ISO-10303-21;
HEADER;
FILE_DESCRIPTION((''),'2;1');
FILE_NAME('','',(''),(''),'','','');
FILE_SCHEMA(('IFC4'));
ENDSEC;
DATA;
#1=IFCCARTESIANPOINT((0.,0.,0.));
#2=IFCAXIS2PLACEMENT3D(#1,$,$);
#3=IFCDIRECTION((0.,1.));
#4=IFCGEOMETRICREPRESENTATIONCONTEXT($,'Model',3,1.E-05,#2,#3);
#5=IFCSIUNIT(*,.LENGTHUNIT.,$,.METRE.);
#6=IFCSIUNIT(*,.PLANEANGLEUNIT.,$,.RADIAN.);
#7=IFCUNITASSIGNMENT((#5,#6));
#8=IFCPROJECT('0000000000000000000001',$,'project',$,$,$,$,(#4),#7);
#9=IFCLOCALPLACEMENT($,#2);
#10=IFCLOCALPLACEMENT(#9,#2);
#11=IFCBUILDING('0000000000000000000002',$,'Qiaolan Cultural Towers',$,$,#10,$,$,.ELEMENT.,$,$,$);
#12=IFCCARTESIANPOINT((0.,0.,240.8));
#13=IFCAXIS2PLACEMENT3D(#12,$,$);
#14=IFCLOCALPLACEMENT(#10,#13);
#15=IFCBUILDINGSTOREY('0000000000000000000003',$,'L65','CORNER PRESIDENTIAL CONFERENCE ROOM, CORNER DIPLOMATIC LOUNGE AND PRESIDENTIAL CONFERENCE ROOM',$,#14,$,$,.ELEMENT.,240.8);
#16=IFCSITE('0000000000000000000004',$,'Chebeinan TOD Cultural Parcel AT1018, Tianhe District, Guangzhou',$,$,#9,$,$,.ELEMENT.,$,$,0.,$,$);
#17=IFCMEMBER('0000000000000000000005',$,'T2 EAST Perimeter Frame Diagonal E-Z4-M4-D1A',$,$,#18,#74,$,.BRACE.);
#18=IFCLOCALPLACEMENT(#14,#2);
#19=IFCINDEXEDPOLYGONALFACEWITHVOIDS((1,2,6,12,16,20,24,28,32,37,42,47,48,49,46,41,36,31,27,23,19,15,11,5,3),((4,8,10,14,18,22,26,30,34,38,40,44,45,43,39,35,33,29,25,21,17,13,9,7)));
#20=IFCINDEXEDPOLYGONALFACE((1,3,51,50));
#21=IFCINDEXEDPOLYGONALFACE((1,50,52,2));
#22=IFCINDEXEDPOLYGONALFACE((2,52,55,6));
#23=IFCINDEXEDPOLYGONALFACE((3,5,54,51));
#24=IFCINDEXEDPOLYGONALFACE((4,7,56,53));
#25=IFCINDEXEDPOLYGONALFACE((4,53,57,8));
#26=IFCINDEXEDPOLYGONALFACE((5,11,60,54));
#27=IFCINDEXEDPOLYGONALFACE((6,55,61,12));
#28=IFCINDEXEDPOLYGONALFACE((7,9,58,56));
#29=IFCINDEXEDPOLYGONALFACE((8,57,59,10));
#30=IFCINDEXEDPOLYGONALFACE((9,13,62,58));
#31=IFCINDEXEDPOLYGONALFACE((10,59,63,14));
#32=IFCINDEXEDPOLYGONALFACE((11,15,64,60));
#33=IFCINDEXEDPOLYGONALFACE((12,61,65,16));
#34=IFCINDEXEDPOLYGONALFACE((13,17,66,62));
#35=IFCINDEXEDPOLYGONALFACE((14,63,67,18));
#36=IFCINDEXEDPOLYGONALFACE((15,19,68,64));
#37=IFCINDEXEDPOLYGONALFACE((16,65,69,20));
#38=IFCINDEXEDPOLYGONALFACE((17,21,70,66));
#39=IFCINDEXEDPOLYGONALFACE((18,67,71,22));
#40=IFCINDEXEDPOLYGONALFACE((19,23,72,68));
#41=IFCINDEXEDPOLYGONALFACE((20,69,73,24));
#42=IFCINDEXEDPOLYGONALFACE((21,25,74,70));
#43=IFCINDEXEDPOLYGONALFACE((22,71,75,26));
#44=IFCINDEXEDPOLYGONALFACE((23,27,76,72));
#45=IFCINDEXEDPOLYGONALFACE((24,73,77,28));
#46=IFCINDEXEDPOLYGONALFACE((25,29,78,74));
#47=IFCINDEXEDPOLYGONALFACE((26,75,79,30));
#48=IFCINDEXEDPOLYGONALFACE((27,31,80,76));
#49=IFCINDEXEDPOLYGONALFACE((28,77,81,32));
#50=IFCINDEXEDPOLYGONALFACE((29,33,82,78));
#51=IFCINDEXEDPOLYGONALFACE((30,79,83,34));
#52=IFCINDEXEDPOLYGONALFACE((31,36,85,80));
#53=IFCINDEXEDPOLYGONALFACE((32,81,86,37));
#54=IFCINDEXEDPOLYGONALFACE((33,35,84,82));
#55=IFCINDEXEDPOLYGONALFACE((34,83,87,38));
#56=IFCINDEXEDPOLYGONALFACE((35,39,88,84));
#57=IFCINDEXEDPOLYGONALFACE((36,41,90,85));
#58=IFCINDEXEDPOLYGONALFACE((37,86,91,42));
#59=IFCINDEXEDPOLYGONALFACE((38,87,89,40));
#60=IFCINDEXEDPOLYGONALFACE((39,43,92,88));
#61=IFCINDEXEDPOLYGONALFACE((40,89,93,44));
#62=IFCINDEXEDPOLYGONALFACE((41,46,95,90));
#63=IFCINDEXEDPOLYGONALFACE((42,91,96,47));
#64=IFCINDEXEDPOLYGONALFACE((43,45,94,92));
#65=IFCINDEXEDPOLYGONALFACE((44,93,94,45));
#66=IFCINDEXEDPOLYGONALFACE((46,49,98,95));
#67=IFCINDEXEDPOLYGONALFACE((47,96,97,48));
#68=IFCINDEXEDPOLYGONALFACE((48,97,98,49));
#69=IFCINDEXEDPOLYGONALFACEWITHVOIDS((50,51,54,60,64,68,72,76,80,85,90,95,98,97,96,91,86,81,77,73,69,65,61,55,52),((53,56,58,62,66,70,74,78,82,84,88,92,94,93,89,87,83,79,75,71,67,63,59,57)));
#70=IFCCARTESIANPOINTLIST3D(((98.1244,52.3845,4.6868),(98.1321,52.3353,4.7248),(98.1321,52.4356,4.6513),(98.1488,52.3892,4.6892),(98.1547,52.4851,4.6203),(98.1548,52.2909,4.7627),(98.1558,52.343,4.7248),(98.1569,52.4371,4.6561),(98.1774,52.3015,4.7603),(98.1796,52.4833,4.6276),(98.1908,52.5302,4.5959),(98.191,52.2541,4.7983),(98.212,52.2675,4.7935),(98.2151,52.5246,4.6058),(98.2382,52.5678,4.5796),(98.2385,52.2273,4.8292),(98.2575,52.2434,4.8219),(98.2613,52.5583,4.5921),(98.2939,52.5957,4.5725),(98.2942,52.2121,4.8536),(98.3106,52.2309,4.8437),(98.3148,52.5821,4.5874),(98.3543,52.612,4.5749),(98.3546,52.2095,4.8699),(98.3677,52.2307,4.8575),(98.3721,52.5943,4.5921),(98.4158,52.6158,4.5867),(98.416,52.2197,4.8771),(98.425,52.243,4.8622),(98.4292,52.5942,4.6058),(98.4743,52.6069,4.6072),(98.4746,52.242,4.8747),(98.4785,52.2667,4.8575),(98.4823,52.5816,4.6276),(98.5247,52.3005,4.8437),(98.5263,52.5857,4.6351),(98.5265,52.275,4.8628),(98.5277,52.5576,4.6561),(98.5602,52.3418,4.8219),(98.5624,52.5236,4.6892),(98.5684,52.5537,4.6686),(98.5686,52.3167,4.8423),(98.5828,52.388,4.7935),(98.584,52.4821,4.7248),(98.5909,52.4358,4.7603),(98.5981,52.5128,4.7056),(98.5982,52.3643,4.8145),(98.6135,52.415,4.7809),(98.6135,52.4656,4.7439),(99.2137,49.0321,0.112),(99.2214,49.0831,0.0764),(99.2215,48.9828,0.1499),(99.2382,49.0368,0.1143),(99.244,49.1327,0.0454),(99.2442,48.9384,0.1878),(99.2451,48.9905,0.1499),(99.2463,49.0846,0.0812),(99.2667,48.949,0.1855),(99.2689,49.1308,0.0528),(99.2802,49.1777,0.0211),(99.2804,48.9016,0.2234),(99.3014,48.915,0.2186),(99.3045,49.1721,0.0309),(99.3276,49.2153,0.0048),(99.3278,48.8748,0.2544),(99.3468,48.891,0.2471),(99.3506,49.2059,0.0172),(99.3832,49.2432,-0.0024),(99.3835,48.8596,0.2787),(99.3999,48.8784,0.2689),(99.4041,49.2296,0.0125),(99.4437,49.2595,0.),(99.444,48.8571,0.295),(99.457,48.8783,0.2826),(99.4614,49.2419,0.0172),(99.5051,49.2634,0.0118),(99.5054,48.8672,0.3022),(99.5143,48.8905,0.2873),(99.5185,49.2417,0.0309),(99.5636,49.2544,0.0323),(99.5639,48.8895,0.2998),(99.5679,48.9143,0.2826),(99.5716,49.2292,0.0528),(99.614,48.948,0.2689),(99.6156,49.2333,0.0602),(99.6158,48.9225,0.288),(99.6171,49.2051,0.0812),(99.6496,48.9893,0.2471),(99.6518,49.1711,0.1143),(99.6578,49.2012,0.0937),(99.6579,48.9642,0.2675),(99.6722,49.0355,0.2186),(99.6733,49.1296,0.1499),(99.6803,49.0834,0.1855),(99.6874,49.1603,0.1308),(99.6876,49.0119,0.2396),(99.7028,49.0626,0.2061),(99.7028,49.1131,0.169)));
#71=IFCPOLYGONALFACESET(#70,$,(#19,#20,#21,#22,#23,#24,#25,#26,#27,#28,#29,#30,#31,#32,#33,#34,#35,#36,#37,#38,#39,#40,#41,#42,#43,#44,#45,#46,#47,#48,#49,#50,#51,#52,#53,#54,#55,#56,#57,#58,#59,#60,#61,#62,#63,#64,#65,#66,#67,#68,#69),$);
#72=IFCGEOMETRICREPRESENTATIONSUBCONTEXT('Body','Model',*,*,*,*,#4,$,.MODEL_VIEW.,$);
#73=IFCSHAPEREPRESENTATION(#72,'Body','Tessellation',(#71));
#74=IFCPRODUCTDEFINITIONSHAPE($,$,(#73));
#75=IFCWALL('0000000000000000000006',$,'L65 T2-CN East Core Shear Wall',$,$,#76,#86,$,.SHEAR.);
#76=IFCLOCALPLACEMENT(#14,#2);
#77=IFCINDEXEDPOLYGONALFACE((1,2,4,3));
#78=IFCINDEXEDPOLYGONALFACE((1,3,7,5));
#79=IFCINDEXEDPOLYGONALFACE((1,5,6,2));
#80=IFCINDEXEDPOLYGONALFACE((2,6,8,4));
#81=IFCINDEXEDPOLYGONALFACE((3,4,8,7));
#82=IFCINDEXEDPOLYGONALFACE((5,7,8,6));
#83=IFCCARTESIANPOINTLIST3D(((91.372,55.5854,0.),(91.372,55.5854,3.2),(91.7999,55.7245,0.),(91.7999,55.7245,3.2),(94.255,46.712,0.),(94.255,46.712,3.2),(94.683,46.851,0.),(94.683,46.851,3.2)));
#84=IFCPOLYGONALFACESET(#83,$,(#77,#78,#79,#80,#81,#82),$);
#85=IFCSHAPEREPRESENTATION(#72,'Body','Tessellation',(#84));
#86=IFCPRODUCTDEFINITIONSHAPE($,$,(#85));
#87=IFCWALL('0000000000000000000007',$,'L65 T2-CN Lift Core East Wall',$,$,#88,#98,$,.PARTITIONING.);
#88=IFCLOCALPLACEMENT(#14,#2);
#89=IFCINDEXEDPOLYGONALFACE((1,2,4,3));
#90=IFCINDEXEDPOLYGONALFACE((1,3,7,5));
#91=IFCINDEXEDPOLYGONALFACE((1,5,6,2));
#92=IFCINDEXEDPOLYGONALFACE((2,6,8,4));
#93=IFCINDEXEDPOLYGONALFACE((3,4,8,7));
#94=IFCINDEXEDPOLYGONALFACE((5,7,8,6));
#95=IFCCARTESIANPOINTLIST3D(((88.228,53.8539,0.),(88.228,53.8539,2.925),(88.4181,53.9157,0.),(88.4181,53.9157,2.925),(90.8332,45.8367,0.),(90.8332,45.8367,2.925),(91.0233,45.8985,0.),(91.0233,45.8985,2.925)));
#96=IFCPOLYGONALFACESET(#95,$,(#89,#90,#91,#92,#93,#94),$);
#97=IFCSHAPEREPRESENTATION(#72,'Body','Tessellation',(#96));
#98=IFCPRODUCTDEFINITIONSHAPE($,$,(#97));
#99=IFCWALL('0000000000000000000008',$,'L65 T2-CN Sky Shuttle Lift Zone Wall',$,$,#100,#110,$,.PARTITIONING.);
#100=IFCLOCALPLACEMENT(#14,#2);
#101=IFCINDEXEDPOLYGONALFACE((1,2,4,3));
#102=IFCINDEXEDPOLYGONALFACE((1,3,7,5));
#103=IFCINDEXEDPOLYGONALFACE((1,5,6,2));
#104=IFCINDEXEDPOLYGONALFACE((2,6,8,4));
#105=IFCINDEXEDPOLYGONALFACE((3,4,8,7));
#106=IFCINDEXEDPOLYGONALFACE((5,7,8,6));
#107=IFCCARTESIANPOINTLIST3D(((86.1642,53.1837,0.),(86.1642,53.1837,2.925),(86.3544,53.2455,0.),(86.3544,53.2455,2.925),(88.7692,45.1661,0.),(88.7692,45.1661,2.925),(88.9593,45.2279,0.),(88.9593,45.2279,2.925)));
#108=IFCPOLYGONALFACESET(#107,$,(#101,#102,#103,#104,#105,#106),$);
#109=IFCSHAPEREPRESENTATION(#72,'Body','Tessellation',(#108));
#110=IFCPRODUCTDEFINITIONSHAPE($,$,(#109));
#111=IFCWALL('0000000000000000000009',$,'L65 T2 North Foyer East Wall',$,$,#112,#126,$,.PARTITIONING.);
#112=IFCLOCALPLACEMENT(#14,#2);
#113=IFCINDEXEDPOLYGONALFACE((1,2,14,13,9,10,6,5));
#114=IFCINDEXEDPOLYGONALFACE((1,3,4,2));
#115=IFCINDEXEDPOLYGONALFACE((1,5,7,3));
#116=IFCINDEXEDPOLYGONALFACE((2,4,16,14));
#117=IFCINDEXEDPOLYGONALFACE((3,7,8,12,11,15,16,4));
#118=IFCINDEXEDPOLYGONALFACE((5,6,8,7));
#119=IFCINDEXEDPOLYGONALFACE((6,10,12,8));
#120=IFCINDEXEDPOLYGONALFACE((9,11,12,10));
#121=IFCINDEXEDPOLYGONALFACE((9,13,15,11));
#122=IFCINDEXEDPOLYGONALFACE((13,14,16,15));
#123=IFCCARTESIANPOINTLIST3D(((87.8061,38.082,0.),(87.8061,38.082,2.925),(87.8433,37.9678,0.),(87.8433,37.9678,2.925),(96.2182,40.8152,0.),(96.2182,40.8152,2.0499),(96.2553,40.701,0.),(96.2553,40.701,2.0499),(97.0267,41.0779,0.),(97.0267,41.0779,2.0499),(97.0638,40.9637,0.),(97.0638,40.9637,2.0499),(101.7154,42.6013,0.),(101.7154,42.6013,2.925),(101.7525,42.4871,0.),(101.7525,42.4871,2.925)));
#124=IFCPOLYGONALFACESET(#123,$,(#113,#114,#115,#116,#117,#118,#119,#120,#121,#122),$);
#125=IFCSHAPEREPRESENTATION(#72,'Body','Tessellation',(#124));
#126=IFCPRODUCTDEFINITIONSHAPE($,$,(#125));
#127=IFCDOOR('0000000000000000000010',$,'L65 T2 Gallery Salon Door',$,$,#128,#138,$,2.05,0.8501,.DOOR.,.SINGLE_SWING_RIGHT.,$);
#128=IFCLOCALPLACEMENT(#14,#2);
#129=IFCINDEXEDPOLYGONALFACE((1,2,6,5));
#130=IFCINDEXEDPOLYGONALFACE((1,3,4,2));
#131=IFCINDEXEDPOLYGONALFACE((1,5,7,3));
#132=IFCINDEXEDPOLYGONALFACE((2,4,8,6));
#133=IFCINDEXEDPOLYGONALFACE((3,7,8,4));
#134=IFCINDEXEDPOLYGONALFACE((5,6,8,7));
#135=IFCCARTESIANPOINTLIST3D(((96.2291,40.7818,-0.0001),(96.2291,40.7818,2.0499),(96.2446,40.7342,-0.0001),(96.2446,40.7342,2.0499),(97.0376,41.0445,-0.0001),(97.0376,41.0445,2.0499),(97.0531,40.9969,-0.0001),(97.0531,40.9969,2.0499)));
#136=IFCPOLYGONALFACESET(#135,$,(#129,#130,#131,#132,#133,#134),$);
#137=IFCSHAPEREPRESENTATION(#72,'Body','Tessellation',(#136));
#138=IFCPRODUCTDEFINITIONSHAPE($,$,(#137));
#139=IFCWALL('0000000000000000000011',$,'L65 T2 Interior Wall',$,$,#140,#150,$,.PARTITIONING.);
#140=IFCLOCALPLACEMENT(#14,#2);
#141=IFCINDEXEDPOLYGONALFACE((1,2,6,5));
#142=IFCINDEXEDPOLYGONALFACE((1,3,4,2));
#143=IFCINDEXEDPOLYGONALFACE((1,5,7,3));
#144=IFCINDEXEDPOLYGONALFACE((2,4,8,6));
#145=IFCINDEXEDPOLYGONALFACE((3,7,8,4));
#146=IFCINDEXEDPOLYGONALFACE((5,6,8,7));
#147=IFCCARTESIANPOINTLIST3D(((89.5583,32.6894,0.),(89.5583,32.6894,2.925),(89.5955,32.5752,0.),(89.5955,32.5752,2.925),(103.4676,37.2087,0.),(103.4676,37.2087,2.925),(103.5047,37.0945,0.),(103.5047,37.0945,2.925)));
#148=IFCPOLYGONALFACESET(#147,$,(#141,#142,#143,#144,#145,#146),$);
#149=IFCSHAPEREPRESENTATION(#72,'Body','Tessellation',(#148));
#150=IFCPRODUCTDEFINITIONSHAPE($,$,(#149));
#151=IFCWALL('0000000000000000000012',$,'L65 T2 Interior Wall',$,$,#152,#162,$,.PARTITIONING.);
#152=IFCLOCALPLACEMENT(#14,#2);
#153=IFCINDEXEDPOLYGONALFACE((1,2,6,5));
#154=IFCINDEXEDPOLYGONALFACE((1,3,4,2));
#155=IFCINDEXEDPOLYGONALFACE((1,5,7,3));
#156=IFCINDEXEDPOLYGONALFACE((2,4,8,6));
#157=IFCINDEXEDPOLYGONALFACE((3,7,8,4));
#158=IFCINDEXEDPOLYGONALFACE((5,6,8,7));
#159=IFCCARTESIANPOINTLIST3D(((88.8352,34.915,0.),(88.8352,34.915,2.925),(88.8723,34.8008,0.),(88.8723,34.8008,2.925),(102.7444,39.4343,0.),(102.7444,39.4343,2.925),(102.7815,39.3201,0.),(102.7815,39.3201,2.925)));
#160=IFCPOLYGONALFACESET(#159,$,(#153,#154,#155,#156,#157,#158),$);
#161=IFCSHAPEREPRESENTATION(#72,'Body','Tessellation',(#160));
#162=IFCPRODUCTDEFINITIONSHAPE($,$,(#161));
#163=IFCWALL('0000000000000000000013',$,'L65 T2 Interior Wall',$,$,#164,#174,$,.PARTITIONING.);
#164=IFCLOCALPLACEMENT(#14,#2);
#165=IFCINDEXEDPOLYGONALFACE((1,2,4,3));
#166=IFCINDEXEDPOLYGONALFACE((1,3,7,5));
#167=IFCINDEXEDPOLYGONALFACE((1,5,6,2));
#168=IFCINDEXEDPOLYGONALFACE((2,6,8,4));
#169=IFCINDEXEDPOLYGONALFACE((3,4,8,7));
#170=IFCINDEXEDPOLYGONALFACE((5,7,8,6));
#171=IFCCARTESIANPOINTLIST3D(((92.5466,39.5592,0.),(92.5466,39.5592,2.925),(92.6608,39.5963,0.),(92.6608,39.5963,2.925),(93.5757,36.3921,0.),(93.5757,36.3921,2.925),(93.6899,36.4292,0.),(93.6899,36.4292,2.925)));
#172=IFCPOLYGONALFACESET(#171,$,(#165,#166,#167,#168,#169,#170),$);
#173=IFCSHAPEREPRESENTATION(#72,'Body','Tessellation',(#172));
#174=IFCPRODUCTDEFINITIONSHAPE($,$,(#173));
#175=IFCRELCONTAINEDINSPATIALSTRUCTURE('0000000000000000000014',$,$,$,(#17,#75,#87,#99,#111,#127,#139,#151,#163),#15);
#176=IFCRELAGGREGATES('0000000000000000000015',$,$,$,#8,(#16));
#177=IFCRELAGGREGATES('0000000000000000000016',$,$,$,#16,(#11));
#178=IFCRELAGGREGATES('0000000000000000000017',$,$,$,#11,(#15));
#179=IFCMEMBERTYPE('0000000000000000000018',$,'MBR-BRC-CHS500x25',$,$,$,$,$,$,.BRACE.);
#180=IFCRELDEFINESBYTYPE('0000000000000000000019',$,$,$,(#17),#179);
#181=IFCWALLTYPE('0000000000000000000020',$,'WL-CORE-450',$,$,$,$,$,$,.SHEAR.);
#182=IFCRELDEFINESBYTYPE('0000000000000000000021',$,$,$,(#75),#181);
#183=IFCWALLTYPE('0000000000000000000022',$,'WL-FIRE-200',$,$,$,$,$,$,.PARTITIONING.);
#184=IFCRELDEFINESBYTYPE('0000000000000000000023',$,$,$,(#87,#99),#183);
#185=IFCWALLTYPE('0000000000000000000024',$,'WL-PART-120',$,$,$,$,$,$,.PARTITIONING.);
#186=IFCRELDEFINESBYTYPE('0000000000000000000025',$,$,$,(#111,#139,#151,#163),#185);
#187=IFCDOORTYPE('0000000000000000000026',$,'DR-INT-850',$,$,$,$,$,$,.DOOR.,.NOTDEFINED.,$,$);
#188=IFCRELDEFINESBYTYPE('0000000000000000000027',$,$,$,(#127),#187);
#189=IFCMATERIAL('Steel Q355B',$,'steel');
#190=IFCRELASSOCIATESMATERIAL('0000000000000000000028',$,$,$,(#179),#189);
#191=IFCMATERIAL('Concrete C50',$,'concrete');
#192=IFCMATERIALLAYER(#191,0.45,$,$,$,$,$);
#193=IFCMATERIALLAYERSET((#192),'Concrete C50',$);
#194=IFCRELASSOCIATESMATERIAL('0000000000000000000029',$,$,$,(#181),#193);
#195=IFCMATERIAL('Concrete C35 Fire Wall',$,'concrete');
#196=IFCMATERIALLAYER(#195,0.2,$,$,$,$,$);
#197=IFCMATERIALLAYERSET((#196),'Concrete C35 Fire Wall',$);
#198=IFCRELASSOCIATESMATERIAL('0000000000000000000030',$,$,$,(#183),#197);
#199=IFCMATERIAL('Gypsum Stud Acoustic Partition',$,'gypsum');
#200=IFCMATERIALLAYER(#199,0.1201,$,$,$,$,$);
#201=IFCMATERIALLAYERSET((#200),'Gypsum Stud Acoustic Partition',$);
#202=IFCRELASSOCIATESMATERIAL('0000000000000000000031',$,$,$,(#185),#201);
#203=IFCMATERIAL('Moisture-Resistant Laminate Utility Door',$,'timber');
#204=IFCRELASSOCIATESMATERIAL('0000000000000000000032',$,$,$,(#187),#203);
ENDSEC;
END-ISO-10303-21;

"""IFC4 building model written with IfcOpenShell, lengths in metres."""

from ifc_helpers import new_model, si_unit, direction, frame, frame_2d, origin, origin_2d, place, context, subcontext, project, spatial, rectangle, hollow_circle, extrude, material, layer, layer_set, material_profile, profile_set, type_object, element, fill, save


model = new_model("IFC4")

# Units and contexts
model_context = context("Model", 3, precision=1e-05, world=origin(), true_north=direction((0.0, 1.0)))
body_context = subcontext(model_context, "Body", "Model", "MODEL_VIEW")
ifc_project = project(units=[si_unit("LENGTHUNIT", "METRE"), si_unit("PLANEANGLEUNIT", "RADIAN")], contexts=[model_context])

# Site, building, storey
site_placement = place(None, origin())
site = spatial("IfcSite", under=ifc_project, at=site_placement, Name="Chebeinan TOD Cultural Parcel AT1018, Tianhe District, Guangzhou", CompositionType="ELEMENT", RefElevation=0.0)
building_placement = place(site_placement, origin())
building = spatial("IfcBuilding", under=site, at=building_placement, Name="Qiaolan Cultural Towers", CompositionType="ELEMENT")
storey_placement = place(building_placement, frame((0.0, 0.0, 240.8)))
storey = spatial("IfcBuildingStorey", under=building, at=storey_placement, Name="L65", Description="CORNER PRESIDENTIAL CONFERENCE ROOM, CORNER DIPLOMATIC LOUNGE AND PRESIDENTIAL CONFERENCE ROOM", CompositionType="ELEMENT", Elevation=240.8)

# Member
ifc_material_1 = material(Name="Steel Q355B", Category="steel")
ifc_material_profile_1 = material_profile(ifc_material_1, hollow_circle(Radius=0.25, WallThickness=0.0249, at=origin_2d()), Name="CHS500x25")
ifc_profile_set_1 = profile_set([ifc_material_profile_1], Name="Steel Q355B")
member_type = type_object("IfcMemberType", Name="MBR-BRC-CHS500x25", PredefinedType="BRACE", material=ifc_profile_set_1)
member_placement = place(storey_placement, frame((99.4592, 49.0601, 0.1499), z_axis=(-0.188617, 0.580476, 0.792131), x_axis=(-0.951052, -0.30903, 0.0)))
element("IfcMember", 1, at=member_placement, inside=storey, type_object=member_type, Name="T2 EAST Perimeter Frame Diagonal E-Z4-M4-D1A", PredefinedType="BRACE", context=body_context, shape_type="SweptSolid", body=[
    extrude(hollow_circle(Radius=0.25, WallThickness=0.0249, at=origin_2d()), origin(), (0.0, 0.0, 1.0), 5.7754),
])

# Walls
ifc_material_2 = material(Name="Concrete C50", Category="concrete")
ifc_layer_1 = layer(ifc_material_2, 0.45)
ifc_layer_set_1 = layer_set([ifc_layer_1], Name="Concrete C50")
wall_type_1 = type_object("IfcWallType", Name="WL-CORE-450", PredefinedType="SHEAR", material=ifc_layer_set_1)
wall_1_placement = place(storey_placement, frame((94.469, 46.7815, 0.0), z_axis=(0.0, 0.0, 1.0), x_axis=(-0.309004, 0.951061, 0.0)))
element("IfcWall", 2, at=wall_1_placement, inside=storey, type_object=wall_type_1, Name="L65 T2-CN East Core Shear Wall", PredefinedType="SHEAR", context=body_context, shape_type="SweptSolid", body=[
    extrude(rectangle(XDim=9.3301, YDim=0.45, at=frame_2d((4.665, 0.0))), origin(), (0.0, 0.0, 1.0), 3.2),
])
ifc_material_3 = material(Name="Concrete C35 Fire Wall", Category="concrete")
ifc_layer_2 = layer(ifc_material_3, 0.2)
ifc_layer_set_2 = layer_set([ifc_layer_2], Name="Concrete C35 Fire Wall")
wall_type_2 = type_object("IfcWallType", Name="WL-FIRE-200", PredefinedType="PARTITIONING", material=ifc_layer_set_2)
wall_2_placement = place(storey_placement, frame((90.9282, 45.8677, 0.0), z_axis=(0.0, 0.0, 1.0), x_axis=(-0.309042, 0.951048, 0.0)))
element("IfcWall", 3, at=wall_2_placement, inside=storey, type_object=wall_type_2, Name="L65 T2-CN Lift Core East Wall", PredefinedType="PARTITIONING", context=body_context, shape_type="SweptSolid", body=[
    extrude(rectangle(XDim=8.4299, YDim=0.2, at=frame_2d((4.2148, 0.0))), origin(), (0.0, 0.0, 1.0), 2.925),
])
wall_3_placement = place(storey_placement, frame((88.8643, 45.197, 0.0), z_axis=(0.0, 0.0, 1.0), x_axis=(-0.309007, 0.95106, 0.0)))
element("IfcWall", 4, at=wall_3_placement, inside=storey, type_object=wall_type_2, Name="L65 T2-CN Sky Shuttle Lift Zone Wall", PredefinedType="PARTITIONING", context=body_context, shape_type="SweptSolid", body=[
    extrude(rectangle(XDim=8.4302, YDim=0.2, at=frame_2d((4.2151, 0.0))), origin(), (0.0, 0.0, 1.0), 2.925),
])

# Wall, opening, door
ifc_material_4 = material(Name="Gypsum Stud Acoustic Partition", Category="gypsum")
ifc_layer_3 = layer(ifc_material_4, 0.1201)
ifc_layer_set_3 = layer_set([ifc_layer_3], Name="Gypsum Stud Acoustic Partition")
wall_type_3 = type_object("IfcWallType", Name="WL-PART-120", PredefinedType="PARTITIONING", material=ifc_layer_set_3)
wall_4_placement = place(storey_placement, frame((87.8247, 38.0249, 0.0), z_axis=(0.0, 0.0, 1.0), x_axis=(0.951058, 0.309012, 0.0)))
wall_4 = element("IfcWall", 5, at=wall_4_placement, inside=storey, type_object=wall_type_3, Name="L65 T2 North Foyer East Wall", PredefinedType="PARTITIONING", context=body_context, shape_type="SweptSolid", body=[
    extrude(rectangle(XDim=14.625, YDim=0.1201, at=frame_2d((7.3125, 0.0))), origin(), (0.0, 0.0, 1.0), 2.925),
])
opening_1_placement = place(wall_4_placement, frame((8.845, 0.0, 0.0)))
opening_1 = element("IfcOpeningElement", 6, at=opening_1_placement, cuts=wall_4, PredefinedType="OPENING", context=body_context, shape_type="SweptSolid", body=[
    extrude(rectangle(XDim=0.8501, YDim=2.05, at=frame_2d((0.425, 1.0249))), frame((0.0, 0.0701, 0.0), z_axis=(0.0, -1.0, 0.0), x_axis=(1.0, 0.0, 0.0)), (0.0, 0.0, 1.0), 0.1401),
])
ifc_material_5 = material(Name="Moisture-Resistant Laminate Utility Door", Category="timber")
door_type_1 = type_object("IfcDoorType", Name="DR-INT-850", OperationType="NOTDEFINED", PredefinedType="DOOR", material=ifc_material_5)
door_1_placement = place(opening_1_placement, origin())
door_1 = element("IfcDoor", 7, at=door_1_placement, inside=storey, type_object=door_type_1, Name="L65 T2 Gallery Salon Door", OperationType="SINGLE_SWING_RIGHT", OverallHeight=2.05, OverallWidth=0.8501, PredefinedType="DOOR", context=body_context, shape_type="SweptSolid", body=[
    extrude(rectangle(XDim=0.8501, YDim=2.05, at=frame_2d((0.425, 1.0249))), frame((0.0, 0.0249, 0.0), z_axis=(0.0, -1.0, 0.0), x_axis=(1.0, 0.0, 0.0)), (0.0, 0.0, 1.0), 0.05),
])
fill(opening_1, door_1)

# Walls
for number, where, z_axis, x_axis, name in (
    (8, (89.5769, 32.6323, 0.0), (0.0, 0.0, 1.0), (0.951058, 0.309012, 0.0), "L65 T2 Interior Wall"),
    (9, (88.8538, 34.8579, 0.0), (0.0, 0.0, 1.0), (0.951058, 0.309012, 0.0), "L65 T2 Interior Wall"),
):
    element("IfcWall", number, at=place(storey_placement, frame(where, z_axis=z_axis, x_axis=x_axis)), inside=storey, type_object=wall_type_3, Name=name, PredefinedType="PARTITIONING", context=body_context, shape_type="SweptSolid", body=[
        extrude(rectangle(XDim=14.625, YDim=0.1201, at=frame_2d((7.3125, 0.0))), origin(), (0.0, 0.0, 1.0), 2.925),
    ])
wall_5_placement = place(storey_placement, frame((93.6328, 36.4106, 0.0), z_axis=(0.0, 0.0, 1.0), x_axis=(-0.309026, 0.951053, 0.0)))
element("IfcWall", 10, at=wall_5_placement, inside=storey, type_object=wall_type_3, Name="L65 T2 Interior Wall", PredefinedType="PARTITIONING", context=body_context, shape_type="SweptSolid", body=[
    extrude(rectangle(XDim=3.3301, YDim=0.1201, at=frame_2d((1.665, 0.0))), origin(), (0.0, 0.0, 1.0), 2.925),
])

save(model, "model.ifc")
